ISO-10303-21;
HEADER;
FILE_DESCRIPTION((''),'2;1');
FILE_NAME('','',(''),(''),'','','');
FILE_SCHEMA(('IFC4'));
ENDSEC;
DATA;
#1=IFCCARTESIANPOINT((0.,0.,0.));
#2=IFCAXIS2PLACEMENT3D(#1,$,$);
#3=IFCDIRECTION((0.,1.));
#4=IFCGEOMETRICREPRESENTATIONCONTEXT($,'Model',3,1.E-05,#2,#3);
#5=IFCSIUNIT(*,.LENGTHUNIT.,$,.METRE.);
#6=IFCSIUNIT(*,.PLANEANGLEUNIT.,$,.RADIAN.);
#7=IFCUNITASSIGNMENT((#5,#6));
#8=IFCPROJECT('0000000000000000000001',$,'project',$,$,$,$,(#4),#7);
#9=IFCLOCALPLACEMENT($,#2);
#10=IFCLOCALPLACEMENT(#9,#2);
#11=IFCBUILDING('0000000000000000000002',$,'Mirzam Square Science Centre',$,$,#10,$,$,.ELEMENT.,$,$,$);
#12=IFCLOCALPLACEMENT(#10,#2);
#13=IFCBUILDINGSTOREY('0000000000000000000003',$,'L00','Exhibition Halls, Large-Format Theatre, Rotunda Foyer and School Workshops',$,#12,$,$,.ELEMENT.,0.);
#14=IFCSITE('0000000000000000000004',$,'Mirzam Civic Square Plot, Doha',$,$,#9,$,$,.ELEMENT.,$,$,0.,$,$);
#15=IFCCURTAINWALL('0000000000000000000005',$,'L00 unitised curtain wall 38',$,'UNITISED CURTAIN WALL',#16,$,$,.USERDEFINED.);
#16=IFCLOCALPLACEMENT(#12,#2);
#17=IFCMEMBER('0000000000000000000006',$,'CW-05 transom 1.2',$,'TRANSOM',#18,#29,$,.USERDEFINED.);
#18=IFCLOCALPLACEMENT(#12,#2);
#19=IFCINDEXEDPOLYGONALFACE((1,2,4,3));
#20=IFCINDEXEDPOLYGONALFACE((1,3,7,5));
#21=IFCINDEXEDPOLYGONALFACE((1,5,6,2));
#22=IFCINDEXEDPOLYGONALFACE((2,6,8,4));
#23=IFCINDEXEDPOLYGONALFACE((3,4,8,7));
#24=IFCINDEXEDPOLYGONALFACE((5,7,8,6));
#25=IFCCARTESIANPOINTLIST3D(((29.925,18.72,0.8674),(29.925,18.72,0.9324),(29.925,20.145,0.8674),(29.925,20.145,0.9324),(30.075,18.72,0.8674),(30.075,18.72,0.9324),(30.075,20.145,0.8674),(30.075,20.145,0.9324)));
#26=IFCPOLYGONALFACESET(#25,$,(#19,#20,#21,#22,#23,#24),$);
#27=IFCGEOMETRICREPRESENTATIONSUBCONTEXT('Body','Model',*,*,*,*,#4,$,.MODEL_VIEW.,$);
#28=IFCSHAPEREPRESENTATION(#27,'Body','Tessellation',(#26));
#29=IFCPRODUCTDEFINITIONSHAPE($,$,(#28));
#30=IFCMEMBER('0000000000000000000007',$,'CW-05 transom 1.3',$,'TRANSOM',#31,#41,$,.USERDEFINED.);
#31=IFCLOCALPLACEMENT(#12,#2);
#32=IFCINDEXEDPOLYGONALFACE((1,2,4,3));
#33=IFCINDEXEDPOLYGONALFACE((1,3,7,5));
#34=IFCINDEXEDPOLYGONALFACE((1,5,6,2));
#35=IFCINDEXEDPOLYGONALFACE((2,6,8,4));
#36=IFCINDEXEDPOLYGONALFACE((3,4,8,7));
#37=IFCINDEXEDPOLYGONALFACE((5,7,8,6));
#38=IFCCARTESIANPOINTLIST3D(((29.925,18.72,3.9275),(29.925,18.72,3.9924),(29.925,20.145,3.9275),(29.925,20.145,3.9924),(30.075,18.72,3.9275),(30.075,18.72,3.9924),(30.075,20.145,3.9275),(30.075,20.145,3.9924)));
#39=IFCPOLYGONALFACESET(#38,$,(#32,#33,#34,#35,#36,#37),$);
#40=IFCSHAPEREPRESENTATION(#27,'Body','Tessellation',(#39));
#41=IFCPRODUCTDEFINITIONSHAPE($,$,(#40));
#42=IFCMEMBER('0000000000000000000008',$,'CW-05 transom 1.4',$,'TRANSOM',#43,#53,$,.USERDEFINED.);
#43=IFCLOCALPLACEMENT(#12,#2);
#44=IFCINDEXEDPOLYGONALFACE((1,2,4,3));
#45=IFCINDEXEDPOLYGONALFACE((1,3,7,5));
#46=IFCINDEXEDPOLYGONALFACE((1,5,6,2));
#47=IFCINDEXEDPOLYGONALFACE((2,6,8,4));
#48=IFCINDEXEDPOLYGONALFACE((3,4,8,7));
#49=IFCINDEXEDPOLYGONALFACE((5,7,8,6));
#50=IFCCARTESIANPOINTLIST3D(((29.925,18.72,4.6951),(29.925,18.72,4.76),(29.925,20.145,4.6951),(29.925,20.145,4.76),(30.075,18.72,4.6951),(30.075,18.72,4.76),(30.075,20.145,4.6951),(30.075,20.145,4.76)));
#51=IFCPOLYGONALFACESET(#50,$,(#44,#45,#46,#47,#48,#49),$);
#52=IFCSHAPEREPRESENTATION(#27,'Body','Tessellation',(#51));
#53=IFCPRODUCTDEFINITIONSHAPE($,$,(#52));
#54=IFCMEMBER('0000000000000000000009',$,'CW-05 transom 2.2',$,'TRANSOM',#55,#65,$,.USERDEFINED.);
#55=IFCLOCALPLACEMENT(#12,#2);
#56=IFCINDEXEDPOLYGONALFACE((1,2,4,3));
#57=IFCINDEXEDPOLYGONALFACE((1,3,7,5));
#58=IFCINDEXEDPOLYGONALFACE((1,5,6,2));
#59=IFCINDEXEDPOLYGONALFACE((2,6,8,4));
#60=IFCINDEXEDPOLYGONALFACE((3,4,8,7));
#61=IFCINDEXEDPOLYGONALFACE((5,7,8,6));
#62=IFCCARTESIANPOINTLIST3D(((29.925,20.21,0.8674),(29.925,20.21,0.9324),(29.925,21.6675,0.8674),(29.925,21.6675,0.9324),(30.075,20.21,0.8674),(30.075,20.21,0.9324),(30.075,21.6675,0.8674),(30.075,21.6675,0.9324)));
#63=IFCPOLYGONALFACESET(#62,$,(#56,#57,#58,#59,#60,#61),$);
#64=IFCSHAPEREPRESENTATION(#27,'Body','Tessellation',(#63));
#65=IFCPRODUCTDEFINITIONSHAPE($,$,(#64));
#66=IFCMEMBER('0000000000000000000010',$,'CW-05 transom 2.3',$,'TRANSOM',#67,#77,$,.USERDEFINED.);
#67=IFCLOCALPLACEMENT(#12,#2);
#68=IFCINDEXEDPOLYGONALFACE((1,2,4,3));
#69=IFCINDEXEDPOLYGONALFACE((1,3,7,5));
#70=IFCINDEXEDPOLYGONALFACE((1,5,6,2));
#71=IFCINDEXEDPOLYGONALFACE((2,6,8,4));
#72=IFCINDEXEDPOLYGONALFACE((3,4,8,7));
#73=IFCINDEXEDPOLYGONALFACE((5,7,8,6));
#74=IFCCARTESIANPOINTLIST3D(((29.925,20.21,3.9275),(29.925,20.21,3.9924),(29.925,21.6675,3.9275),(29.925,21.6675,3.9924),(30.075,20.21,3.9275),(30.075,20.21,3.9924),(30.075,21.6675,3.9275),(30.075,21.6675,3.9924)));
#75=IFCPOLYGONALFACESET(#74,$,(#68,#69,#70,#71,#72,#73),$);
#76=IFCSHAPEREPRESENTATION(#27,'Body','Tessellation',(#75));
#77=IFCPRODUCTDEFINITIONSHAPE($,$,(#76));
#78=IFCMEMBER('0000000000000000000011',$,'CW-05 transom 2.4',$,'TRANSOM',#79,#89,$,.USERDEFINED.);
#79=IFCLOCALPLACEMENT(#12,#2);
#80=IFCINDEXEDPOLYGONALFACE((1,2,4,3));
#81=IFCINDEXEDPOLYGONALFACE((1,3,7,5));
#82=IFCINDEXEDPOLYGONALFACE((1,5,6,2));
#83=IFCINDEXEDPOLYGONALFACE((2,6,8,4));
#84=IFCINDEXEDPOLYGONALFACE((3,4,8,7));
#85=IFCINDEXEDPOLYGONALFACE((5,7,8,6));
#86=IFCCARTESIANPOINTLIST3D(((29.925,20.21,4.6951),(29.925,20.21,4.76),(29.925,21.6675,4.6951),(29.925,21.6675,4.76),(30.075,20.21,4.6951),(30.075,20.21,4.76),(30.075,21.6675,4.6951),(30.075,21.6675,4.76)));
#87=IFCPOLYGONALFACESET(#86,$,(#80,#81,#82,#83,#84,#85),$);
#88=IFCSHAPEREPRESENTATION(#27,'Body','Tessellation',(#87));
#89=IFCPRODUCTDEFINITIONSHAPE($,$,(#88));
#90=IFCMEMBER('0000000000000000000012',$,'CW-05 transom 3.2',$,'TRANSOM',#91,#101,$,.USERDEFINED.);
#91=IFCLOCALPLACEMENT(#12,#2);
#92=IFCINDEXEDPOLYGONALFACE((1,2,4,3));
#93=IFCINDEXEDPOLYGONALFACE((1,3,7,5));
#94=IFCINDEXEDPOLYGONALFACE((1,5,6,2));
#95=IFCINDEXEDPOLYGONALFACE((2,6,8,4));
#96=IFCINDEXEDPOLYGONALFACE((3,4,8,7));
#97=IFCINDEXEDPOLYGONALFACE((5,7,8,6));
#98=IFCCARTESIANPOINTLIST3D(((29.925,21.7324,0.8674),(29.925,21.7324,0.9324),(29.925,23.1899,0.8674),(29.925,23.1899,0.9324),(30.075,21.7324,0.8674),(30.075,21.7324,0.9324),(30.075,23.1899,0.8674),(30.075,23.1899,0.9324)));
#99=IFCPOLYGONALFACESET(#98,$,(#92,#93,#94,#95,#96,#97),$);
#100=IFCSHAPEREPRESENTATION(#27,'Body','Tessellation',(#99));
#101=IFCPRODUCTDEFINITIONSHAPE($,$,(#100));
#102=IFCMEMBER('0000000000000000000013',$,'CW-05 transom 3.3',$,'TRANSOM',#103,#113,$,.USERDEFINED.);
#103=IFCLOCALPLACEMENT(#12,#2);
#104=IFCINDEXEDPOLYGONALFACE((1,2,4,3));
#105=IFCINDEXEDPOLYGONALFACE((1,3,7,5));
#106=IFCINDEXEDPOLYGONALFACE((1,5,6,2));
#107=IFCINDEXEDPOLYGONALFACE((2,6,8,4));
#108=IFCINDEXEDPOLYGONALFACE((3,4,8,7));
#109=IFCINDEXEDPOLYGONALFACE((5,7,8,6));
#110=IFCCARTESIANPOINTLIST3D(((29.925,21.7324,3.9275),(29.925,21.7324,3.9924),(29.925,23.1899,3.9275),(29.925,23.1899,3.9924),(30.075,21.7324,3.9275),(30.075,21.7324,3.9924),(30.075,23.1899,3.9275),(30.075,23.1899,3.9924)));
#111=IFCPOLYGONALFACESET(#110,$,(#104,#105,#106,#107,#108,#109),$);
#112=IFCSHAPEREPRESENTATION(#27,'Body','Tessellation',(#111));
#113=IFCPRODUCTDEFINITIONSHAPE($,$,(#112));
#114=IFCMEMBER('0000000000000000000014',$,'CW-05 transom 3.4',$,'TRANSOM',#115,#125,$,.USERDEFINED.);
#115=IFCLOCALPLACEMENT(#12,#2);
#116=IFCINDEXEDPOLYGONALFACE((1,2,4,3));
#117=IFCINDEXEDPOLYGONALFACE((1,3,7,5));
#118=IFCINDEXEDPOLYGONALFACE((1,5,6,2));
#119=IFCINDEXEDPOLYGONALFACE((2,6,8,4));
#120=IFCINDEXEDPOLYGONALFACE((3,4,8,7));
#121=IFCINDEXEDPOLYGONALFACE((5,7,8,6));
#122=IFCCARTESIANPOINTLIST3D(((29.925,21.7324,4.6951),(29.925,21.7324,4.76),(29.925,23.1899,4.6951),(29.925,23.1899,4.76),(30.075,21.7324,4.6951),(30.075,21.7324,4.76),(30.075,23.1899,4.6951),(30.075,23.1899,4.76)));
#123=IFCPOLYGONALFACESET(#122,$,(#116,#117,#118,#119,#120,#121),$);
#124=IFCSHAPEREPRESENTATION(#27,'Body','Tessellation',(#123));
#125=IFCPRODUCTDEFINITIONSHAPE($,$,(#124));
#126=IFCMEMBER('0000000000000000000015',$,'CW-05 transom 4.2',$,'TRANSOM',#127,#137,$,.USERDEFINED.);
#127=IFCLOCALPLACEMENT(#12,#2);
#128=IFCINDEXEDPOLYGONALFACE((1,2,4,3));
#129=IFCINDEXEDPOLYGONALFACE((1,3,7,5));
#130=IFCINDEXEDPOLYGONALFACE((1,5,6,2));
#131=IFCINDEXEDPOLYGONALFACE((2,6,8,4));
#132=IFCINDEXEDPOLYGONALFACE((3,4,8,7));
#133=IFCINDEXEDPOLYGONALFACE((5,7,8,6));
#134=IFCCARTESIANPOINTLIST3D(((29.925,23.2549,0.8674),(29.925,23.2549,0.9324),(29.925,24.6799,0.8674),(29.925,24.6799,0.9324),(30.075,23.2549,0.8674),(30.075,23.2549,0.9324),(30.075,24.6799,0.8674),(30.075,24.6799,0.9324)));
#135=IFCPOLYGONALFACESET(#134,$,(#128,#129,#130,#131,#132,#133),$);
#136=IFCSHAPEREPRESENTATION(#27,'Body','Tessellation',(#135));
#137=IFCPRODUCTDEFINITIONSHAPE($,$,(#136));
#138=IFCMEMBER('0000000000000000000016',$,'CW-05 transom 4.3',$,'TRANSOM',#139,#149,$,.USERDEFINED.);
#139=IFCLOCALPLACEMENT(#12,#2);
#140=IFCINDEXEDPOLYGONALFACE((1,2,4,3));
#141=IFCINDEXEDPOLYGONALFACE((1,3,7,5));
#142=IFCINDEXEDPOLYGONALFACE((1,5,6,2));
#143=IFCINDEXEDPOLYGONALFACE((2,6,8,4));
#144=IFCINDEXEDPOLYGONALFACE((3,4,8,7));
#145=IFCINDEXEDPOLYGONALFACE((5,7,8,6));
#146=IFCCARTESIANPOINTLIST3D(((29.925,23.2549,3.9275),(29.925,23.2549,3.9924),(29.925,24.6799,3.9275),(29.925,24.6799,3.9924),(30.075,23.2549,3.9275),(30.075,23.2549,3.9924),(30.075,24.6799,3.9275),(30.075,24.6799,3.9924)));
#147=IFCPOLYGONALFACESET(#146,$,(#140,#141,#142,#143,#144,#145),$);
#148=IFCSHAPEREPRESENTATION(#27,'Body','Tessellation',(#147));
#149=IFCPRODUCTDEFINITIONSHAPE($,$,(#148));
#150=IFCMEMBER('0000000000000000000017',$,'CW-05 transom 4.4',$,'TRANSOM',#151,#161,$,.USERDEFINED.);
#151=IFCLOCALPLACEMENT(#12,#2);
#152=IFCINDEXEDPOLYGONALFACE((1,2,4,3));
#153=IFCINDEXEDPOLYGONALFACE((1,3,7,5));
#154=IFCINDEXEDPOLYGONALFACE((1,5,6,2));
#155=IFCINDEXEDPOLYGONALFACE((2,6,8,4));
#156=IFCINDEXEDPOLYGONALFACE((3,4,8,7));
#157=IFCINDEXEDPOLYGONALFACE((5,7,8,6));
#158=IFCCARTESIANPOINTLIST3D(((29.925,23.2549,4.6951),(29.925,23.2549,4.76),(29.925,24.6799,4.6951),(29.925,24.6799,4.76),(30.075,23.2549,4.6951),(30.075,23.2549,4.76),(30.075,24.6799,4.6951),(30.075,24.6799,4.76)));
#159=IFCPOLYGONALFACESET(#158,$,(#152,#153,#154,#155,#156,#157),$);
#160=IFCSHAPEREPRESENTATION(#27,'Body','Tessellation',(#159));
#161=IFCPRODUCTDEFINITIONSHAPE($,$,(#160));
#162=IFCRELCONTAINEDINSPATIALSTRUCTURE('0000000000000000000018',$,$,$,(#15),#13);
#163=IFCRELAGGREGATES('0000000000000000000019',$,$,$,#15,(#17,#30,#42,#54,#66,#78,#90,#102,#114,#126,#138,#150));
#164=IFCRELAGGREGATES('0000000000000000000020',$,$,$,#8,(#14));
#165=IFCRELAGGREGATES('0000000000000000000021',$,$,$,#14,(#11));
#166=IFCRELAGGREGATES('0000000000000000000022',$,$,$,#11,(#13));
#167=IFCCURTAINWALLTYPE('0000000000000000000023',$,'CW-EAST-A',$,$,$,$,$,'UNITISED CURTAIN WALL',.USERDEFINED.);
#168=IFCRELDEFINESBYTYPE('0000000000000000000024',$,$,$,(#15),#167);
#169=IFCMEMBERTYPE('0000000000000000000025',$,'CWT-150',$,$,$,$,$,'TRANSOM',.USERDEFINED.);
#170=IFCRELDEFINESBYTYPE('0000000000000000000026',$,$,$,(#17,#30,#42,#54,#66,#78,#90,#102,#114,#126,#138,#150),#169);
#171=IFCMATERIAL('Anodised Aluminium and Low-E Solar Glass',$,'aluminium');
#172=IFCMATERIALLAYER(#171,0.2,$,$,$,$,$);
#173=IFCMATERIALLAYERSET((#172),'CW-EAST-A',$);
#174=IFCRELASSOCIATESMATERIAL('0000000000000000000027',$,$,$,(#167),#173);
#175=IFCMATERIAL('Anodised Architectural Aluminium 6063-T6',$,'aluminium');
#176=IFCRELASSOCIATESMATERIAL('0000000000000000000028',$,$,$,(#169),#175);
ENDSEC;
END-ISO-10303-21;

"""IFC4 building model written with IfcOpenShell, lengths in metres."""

from ifc_helpers import new_model, si_unit, direction, frame, origin, origin_2d, place, context, subcontext, project, spatial, rectangle, extrude, material, layer, layer_set, material_profile, profile_set, type_object, element, aggregate, save


model = new_model("IFC4")

# Units and contexts
model_context = context("Model", 3, precision=1e-05, world=origin(), true_north=direction((0.0, 1.0)))
body_context = subcontext(model_context, "Body", "Model", "MODEL_VIEW")
ifc_project = project(units=[si_unit("LENGTHUNIT", "METRE"), si_unit("PLANEANGLEUNIT", "RADIAN")], contexts=[model_context])

# Site, building, storey
site_placement = place(None, origin())
site = spatial("IfcSite", under=ifc_project, at=site_placement, Name="Mirzam Civic Square Plot, Doha", CompositionType="ELEMENT", RefElevation=0.0)
building_placement = place(site_placement, origin())
building = spatial("IfcBuilding", under=site, at=building_placement, Name="Mirzam Square Science Centre", CompositionType="ELEMENT")
storey_placement = place(building_placement, origin())
storey = spatial("IfcBuildingStorey", under=building, at=storey_placement, Name="L00", Description="Exhibition Halls, Large-Format Theatre, Rotunda Foyer and School Workshops", CompositionType="ELEMENT", Elevation=0.0)

# Curtain wall, members
ifc_material_1 = material(Name="Anodised Aluminium and Low-E Solar Glass", Category="aluminium")
ifc_layer_1 = layer(ifc_material_1, 0.2)
ifc_layer_set_1 = layer_set([ifc_layer_1], Name="CW-EAST-A")
curtain_wall_type = type_object("IfcCurtainWallType", Name="CW-EAST-A", ElementType="UNITISED CURTAIN WALL", PredefinedType="USERDEFINED", material=ifc_layer_set_1)
curtain_wall_placement = place(storey_placement, origin())
curtain_wall = element("IfcCurtainWall", 1, at=curtain_wall_placement, inside=storey, type_object=curtain_wall_type, Name="L00 unitised curtain wall 38", ObjectType="UNITISED CURTAIN WALL", PredefinedType="USERDEFINED")
ifc_material_2 = material(Name="Anodised Architectural Aluminium 6063-T6", Category="aluminium")
ifc_material_profile_1 = material_profile(ifc_material_2, rectangle(XDim=0.1499, YDim=0.0649, at=origin_2d()), Name="ALU-TRAN-150x65x4")
ifc_profile_set_1 = profile_set([ifc_material_profile_1], Name="Anodised Architectural Aluminium 6063-T6")
member_type = type_object("IfcMemberType", Name="CWT-150", ElementType="TRANSOM", PredefinedType="USERDEFINED", material=ifc_profile_set_1)
member_1_placement = place(storey_placement, frame((30.0, 18.72, 0.8999), z_axis=(0.0, 1.0, 0.0), x_axis=(-1.0, 0.0, 0.0)))
member_1 = element("IfcMember", 2, at=member_1_placement, type_object=member_type, Name="CW-05 transom 1.2", ObjectType="TRANSOM", PredefinedType="USERDEFINED", context=body_context, shape_type="SweptSolid", body=[
    extrude(rectangle(XDim=0.1499, YDim=0.0649, at=origin_2d()), origin(), (0.0, 0.0, 1.0), 1.425),
])
member_2_placement = place(storey_placement, frame((30.0, 18.72, 3.96), z_axis=(0.0, 1.0, 0.0), x_axis=(-1.0, 0.0, 0.0)))
member_2 = element("IfcMember", 3, at=member_2_placement, type_object=member_type, Name="CW-05 transom 1.3", ObjectType="TRANSOM", PredefinedType="USERDEFINED", context=body_context, shape_type="SweptSolid", body=[
    extrude(rectangle(XDim=0.1499, YDim=0.0649, at=origin_2d()), origin(), (0.0, 0.0, 1.0), 1.425),
])
member_3_placement = place(storey_placement, frame((30.0, 18.72, 4.7275), z_axis=(0.0, 1.0, 0.0), x_axis=(-1.0, 0.0, 0.0)))
member_3 = element("IfcMember", 4, at=member_3_placement, type_object=member_type, Name="CW-05 transom 1.4", ObjectType="TRANSOM", PredefinedType="USERDEFINED", context=body_context, shape_type="SweptSolid", body=[
    extrude(rectangle(XDim=0.1499, YDim=0.0649, at=origin_2d()), origin(), (0.0, 0.0, 1.0), 1.425),
])
member_4_placement = place(storey_placement, frame((30.0, 20.21, 0.8999), z_axis=(0.0, 1.0, 0.0), x_axis=(-1.0, 0.0, 0.0)))
member_4 = element("IfcMember", 5, at=member_4_placement, type_object=member_type, Name="CW-05 transom 2.2", ObjectType="TRANSOM", PredefinedType="USERDEFINED", context=body_context, shape_type="SweptSolid", body=[
    extrude(rectangle(XDim=0.1499, YDim=0.0649, at=origin_2d()), origin(), (0.0, 0.0, 1.0), 1.4575),
])
member_5_placement = place(storey_placement, frame((30.0, 20.21, 3.96), z_axis=(0.0, 1.0, 0.0), x_axis=(-1.0, 0.0, 0.0)))
member_5 = element("IfcMember", 6, at=member_5_placement, type_object=member_type, Name="CW-05 transom 2.3", ObjectType="TRANSOM", PredefinedType="USERDEFINED", context=body_context, shape_type="SweptSolid", body=[
    extrude(rectangle(XDim=0.1499, YDim=0.0649, at=origin_2d()), origin(), (0.0, 0.0, 1.0), 1.4575),
])
member_6_placement = place(storey_placement, frame((30.0, 20.21, 4.7275), z_axis=(0.0, 1.0, 0.0), x_axis=(-1.0, 0.0, 0.0)))
member_6 = element("IfcMember", 7, at=member_6_placement, type_object=member_type, Name="CW-05 transom 2.4", ObjectType="TRANSOM", PredefinedType="USERDEFINED", context=body_context, shape_type="SweptSolid", body=[
    extrude(rectangle(XDim=0.1499, YDim=0.0649, at=origin_2d()), origin(), (0.0, 0.0, 1.0), 1.4575),
])
member_7_placement = place(storey_placement, frame((30.0, 21.7324, 0.8999), z_axis=(0.0, 1.0, 0.0), x_axis=(-1.0, 0.0, 0.0)))
member_7 = element("IfcMember", 8, at=member_7_placement, type_object=member_type, Name="CW-05 transom 3.2", ObjectType="TRANSOM", PredefinedType="USERDEFINED", context=body_context, shape_type="SweptSolid", body=[
    extrude(rectangle(XDim=0.1499, YDim=0.0649, at=origin_2d()), origin(), (0.0, 0.0, 1.0), 1.4575),
])
member_8_placement = place(storey_placement, frame((30.0, 21.7324, 3.96), z_axis=(0.0, 1.0, 0.0), x_axis=(-1.0, 0.0, 0.0)))
member_8 = element("IfcMember", 9, at=member_8_placement, type_object=member_type, Name="CW-05 transom 3.3", ObjectType="TRANSOM", PredefinedType="USERDEFINED", context=body_context, shape_type="SweptSolid", body=[
    extrude(rectangle(XDim=0.1499, YDim=0.0649, at=origin_2d()), origin(), (0.0, 0.0, 1.0), 1.4575),
])
member_9_placement = place(storey_placement, frame((30.0, 21.7324, 4.7275), z_axis=(0.0, 1.0, 0.0), x_axis=(-1.0, 0.0, 0.0)))
member_9 = element("IfcMember", 10, at=member_9_placement, type_object=member_type, Name="CW-05 transom 3.4", ObjectType="TRANSOM", PredefinedType="USERDEFINED", context=body_context, shape_type="SweptSolid", body=[
    extrude(rectangle(XDim=0.1499, YDim=0.0649, at=origin_2d()), origin(), (0.0, 0.0, 1.0), 1.4575),
])
member_10_placement = place(storey_placement, frame((30.0, 23.2549, 0.8999), z_axis=(0.0, 1.0, 0.0), x_axis=(-1.0, 0.0, 0.0)))
member_10 = element("IfcMember", 11, at=member_10_placement, type_object=member_type, Name="CW-05 transom 4.2", ObjectType="TRANSOM", PredefinedType="USERDEFINED", context=body_context, shape_type="SweptSolid", body=[
    extrude(rectangle(XDim=0.1499, YDim=0.0649, at=origin_2d()), origin(), (0.0, 0.0, 1.0), 1.425),
])
member_11_placement = place(storey_placement, frame((30.0, 23.2549, 3.96), z_axis=(0.0, 1.0, 0.0), x_axis=(-1.0, 0.0, 0.0)))
member_11 = element("IfcMember", 12, at=member_11_placement, type_object=member_type, Name="CW-05 transom 4.3", ObjectType="TRANSOM", PredefinedType="USERDEFINED", context=body_context, shape_type="SweptSolid", body=[
    extrude(rectangle(XDim=0.1499, YDim=0.0649, at=origin_2d()), origin(), (0.0, 0.0, 1.0), 1.425),
])
member_12_placement = place(storey_placement, frame((30.0, 23.2549, 4.7275), z_axis=(0.0, 1.0, 0.0), x_axis=(-1.0, 0.0, 0.0)))
member_12 = element("IfcMember", 13, at=member_12_placement, type_object=member_type, Name="CW-05 transom 4.4", ObjectType="TRANSOM", PredefinedType="USERDEFINED", context=body_context, shape_type="SweptSolid", body=[
    extrude(rectangle(XDim=0.1499, YDim=0.0649, at=origin_2d()), origin(), (0.0, 0.0, 1.0), 1.425),
])

aggregate(curtain_wall, [member_1, member_2, member_3, member_4, member_5, member_6, member_7, member_8, member_9, member_10, member_11, member_12])

save(model, "model.ifc")
